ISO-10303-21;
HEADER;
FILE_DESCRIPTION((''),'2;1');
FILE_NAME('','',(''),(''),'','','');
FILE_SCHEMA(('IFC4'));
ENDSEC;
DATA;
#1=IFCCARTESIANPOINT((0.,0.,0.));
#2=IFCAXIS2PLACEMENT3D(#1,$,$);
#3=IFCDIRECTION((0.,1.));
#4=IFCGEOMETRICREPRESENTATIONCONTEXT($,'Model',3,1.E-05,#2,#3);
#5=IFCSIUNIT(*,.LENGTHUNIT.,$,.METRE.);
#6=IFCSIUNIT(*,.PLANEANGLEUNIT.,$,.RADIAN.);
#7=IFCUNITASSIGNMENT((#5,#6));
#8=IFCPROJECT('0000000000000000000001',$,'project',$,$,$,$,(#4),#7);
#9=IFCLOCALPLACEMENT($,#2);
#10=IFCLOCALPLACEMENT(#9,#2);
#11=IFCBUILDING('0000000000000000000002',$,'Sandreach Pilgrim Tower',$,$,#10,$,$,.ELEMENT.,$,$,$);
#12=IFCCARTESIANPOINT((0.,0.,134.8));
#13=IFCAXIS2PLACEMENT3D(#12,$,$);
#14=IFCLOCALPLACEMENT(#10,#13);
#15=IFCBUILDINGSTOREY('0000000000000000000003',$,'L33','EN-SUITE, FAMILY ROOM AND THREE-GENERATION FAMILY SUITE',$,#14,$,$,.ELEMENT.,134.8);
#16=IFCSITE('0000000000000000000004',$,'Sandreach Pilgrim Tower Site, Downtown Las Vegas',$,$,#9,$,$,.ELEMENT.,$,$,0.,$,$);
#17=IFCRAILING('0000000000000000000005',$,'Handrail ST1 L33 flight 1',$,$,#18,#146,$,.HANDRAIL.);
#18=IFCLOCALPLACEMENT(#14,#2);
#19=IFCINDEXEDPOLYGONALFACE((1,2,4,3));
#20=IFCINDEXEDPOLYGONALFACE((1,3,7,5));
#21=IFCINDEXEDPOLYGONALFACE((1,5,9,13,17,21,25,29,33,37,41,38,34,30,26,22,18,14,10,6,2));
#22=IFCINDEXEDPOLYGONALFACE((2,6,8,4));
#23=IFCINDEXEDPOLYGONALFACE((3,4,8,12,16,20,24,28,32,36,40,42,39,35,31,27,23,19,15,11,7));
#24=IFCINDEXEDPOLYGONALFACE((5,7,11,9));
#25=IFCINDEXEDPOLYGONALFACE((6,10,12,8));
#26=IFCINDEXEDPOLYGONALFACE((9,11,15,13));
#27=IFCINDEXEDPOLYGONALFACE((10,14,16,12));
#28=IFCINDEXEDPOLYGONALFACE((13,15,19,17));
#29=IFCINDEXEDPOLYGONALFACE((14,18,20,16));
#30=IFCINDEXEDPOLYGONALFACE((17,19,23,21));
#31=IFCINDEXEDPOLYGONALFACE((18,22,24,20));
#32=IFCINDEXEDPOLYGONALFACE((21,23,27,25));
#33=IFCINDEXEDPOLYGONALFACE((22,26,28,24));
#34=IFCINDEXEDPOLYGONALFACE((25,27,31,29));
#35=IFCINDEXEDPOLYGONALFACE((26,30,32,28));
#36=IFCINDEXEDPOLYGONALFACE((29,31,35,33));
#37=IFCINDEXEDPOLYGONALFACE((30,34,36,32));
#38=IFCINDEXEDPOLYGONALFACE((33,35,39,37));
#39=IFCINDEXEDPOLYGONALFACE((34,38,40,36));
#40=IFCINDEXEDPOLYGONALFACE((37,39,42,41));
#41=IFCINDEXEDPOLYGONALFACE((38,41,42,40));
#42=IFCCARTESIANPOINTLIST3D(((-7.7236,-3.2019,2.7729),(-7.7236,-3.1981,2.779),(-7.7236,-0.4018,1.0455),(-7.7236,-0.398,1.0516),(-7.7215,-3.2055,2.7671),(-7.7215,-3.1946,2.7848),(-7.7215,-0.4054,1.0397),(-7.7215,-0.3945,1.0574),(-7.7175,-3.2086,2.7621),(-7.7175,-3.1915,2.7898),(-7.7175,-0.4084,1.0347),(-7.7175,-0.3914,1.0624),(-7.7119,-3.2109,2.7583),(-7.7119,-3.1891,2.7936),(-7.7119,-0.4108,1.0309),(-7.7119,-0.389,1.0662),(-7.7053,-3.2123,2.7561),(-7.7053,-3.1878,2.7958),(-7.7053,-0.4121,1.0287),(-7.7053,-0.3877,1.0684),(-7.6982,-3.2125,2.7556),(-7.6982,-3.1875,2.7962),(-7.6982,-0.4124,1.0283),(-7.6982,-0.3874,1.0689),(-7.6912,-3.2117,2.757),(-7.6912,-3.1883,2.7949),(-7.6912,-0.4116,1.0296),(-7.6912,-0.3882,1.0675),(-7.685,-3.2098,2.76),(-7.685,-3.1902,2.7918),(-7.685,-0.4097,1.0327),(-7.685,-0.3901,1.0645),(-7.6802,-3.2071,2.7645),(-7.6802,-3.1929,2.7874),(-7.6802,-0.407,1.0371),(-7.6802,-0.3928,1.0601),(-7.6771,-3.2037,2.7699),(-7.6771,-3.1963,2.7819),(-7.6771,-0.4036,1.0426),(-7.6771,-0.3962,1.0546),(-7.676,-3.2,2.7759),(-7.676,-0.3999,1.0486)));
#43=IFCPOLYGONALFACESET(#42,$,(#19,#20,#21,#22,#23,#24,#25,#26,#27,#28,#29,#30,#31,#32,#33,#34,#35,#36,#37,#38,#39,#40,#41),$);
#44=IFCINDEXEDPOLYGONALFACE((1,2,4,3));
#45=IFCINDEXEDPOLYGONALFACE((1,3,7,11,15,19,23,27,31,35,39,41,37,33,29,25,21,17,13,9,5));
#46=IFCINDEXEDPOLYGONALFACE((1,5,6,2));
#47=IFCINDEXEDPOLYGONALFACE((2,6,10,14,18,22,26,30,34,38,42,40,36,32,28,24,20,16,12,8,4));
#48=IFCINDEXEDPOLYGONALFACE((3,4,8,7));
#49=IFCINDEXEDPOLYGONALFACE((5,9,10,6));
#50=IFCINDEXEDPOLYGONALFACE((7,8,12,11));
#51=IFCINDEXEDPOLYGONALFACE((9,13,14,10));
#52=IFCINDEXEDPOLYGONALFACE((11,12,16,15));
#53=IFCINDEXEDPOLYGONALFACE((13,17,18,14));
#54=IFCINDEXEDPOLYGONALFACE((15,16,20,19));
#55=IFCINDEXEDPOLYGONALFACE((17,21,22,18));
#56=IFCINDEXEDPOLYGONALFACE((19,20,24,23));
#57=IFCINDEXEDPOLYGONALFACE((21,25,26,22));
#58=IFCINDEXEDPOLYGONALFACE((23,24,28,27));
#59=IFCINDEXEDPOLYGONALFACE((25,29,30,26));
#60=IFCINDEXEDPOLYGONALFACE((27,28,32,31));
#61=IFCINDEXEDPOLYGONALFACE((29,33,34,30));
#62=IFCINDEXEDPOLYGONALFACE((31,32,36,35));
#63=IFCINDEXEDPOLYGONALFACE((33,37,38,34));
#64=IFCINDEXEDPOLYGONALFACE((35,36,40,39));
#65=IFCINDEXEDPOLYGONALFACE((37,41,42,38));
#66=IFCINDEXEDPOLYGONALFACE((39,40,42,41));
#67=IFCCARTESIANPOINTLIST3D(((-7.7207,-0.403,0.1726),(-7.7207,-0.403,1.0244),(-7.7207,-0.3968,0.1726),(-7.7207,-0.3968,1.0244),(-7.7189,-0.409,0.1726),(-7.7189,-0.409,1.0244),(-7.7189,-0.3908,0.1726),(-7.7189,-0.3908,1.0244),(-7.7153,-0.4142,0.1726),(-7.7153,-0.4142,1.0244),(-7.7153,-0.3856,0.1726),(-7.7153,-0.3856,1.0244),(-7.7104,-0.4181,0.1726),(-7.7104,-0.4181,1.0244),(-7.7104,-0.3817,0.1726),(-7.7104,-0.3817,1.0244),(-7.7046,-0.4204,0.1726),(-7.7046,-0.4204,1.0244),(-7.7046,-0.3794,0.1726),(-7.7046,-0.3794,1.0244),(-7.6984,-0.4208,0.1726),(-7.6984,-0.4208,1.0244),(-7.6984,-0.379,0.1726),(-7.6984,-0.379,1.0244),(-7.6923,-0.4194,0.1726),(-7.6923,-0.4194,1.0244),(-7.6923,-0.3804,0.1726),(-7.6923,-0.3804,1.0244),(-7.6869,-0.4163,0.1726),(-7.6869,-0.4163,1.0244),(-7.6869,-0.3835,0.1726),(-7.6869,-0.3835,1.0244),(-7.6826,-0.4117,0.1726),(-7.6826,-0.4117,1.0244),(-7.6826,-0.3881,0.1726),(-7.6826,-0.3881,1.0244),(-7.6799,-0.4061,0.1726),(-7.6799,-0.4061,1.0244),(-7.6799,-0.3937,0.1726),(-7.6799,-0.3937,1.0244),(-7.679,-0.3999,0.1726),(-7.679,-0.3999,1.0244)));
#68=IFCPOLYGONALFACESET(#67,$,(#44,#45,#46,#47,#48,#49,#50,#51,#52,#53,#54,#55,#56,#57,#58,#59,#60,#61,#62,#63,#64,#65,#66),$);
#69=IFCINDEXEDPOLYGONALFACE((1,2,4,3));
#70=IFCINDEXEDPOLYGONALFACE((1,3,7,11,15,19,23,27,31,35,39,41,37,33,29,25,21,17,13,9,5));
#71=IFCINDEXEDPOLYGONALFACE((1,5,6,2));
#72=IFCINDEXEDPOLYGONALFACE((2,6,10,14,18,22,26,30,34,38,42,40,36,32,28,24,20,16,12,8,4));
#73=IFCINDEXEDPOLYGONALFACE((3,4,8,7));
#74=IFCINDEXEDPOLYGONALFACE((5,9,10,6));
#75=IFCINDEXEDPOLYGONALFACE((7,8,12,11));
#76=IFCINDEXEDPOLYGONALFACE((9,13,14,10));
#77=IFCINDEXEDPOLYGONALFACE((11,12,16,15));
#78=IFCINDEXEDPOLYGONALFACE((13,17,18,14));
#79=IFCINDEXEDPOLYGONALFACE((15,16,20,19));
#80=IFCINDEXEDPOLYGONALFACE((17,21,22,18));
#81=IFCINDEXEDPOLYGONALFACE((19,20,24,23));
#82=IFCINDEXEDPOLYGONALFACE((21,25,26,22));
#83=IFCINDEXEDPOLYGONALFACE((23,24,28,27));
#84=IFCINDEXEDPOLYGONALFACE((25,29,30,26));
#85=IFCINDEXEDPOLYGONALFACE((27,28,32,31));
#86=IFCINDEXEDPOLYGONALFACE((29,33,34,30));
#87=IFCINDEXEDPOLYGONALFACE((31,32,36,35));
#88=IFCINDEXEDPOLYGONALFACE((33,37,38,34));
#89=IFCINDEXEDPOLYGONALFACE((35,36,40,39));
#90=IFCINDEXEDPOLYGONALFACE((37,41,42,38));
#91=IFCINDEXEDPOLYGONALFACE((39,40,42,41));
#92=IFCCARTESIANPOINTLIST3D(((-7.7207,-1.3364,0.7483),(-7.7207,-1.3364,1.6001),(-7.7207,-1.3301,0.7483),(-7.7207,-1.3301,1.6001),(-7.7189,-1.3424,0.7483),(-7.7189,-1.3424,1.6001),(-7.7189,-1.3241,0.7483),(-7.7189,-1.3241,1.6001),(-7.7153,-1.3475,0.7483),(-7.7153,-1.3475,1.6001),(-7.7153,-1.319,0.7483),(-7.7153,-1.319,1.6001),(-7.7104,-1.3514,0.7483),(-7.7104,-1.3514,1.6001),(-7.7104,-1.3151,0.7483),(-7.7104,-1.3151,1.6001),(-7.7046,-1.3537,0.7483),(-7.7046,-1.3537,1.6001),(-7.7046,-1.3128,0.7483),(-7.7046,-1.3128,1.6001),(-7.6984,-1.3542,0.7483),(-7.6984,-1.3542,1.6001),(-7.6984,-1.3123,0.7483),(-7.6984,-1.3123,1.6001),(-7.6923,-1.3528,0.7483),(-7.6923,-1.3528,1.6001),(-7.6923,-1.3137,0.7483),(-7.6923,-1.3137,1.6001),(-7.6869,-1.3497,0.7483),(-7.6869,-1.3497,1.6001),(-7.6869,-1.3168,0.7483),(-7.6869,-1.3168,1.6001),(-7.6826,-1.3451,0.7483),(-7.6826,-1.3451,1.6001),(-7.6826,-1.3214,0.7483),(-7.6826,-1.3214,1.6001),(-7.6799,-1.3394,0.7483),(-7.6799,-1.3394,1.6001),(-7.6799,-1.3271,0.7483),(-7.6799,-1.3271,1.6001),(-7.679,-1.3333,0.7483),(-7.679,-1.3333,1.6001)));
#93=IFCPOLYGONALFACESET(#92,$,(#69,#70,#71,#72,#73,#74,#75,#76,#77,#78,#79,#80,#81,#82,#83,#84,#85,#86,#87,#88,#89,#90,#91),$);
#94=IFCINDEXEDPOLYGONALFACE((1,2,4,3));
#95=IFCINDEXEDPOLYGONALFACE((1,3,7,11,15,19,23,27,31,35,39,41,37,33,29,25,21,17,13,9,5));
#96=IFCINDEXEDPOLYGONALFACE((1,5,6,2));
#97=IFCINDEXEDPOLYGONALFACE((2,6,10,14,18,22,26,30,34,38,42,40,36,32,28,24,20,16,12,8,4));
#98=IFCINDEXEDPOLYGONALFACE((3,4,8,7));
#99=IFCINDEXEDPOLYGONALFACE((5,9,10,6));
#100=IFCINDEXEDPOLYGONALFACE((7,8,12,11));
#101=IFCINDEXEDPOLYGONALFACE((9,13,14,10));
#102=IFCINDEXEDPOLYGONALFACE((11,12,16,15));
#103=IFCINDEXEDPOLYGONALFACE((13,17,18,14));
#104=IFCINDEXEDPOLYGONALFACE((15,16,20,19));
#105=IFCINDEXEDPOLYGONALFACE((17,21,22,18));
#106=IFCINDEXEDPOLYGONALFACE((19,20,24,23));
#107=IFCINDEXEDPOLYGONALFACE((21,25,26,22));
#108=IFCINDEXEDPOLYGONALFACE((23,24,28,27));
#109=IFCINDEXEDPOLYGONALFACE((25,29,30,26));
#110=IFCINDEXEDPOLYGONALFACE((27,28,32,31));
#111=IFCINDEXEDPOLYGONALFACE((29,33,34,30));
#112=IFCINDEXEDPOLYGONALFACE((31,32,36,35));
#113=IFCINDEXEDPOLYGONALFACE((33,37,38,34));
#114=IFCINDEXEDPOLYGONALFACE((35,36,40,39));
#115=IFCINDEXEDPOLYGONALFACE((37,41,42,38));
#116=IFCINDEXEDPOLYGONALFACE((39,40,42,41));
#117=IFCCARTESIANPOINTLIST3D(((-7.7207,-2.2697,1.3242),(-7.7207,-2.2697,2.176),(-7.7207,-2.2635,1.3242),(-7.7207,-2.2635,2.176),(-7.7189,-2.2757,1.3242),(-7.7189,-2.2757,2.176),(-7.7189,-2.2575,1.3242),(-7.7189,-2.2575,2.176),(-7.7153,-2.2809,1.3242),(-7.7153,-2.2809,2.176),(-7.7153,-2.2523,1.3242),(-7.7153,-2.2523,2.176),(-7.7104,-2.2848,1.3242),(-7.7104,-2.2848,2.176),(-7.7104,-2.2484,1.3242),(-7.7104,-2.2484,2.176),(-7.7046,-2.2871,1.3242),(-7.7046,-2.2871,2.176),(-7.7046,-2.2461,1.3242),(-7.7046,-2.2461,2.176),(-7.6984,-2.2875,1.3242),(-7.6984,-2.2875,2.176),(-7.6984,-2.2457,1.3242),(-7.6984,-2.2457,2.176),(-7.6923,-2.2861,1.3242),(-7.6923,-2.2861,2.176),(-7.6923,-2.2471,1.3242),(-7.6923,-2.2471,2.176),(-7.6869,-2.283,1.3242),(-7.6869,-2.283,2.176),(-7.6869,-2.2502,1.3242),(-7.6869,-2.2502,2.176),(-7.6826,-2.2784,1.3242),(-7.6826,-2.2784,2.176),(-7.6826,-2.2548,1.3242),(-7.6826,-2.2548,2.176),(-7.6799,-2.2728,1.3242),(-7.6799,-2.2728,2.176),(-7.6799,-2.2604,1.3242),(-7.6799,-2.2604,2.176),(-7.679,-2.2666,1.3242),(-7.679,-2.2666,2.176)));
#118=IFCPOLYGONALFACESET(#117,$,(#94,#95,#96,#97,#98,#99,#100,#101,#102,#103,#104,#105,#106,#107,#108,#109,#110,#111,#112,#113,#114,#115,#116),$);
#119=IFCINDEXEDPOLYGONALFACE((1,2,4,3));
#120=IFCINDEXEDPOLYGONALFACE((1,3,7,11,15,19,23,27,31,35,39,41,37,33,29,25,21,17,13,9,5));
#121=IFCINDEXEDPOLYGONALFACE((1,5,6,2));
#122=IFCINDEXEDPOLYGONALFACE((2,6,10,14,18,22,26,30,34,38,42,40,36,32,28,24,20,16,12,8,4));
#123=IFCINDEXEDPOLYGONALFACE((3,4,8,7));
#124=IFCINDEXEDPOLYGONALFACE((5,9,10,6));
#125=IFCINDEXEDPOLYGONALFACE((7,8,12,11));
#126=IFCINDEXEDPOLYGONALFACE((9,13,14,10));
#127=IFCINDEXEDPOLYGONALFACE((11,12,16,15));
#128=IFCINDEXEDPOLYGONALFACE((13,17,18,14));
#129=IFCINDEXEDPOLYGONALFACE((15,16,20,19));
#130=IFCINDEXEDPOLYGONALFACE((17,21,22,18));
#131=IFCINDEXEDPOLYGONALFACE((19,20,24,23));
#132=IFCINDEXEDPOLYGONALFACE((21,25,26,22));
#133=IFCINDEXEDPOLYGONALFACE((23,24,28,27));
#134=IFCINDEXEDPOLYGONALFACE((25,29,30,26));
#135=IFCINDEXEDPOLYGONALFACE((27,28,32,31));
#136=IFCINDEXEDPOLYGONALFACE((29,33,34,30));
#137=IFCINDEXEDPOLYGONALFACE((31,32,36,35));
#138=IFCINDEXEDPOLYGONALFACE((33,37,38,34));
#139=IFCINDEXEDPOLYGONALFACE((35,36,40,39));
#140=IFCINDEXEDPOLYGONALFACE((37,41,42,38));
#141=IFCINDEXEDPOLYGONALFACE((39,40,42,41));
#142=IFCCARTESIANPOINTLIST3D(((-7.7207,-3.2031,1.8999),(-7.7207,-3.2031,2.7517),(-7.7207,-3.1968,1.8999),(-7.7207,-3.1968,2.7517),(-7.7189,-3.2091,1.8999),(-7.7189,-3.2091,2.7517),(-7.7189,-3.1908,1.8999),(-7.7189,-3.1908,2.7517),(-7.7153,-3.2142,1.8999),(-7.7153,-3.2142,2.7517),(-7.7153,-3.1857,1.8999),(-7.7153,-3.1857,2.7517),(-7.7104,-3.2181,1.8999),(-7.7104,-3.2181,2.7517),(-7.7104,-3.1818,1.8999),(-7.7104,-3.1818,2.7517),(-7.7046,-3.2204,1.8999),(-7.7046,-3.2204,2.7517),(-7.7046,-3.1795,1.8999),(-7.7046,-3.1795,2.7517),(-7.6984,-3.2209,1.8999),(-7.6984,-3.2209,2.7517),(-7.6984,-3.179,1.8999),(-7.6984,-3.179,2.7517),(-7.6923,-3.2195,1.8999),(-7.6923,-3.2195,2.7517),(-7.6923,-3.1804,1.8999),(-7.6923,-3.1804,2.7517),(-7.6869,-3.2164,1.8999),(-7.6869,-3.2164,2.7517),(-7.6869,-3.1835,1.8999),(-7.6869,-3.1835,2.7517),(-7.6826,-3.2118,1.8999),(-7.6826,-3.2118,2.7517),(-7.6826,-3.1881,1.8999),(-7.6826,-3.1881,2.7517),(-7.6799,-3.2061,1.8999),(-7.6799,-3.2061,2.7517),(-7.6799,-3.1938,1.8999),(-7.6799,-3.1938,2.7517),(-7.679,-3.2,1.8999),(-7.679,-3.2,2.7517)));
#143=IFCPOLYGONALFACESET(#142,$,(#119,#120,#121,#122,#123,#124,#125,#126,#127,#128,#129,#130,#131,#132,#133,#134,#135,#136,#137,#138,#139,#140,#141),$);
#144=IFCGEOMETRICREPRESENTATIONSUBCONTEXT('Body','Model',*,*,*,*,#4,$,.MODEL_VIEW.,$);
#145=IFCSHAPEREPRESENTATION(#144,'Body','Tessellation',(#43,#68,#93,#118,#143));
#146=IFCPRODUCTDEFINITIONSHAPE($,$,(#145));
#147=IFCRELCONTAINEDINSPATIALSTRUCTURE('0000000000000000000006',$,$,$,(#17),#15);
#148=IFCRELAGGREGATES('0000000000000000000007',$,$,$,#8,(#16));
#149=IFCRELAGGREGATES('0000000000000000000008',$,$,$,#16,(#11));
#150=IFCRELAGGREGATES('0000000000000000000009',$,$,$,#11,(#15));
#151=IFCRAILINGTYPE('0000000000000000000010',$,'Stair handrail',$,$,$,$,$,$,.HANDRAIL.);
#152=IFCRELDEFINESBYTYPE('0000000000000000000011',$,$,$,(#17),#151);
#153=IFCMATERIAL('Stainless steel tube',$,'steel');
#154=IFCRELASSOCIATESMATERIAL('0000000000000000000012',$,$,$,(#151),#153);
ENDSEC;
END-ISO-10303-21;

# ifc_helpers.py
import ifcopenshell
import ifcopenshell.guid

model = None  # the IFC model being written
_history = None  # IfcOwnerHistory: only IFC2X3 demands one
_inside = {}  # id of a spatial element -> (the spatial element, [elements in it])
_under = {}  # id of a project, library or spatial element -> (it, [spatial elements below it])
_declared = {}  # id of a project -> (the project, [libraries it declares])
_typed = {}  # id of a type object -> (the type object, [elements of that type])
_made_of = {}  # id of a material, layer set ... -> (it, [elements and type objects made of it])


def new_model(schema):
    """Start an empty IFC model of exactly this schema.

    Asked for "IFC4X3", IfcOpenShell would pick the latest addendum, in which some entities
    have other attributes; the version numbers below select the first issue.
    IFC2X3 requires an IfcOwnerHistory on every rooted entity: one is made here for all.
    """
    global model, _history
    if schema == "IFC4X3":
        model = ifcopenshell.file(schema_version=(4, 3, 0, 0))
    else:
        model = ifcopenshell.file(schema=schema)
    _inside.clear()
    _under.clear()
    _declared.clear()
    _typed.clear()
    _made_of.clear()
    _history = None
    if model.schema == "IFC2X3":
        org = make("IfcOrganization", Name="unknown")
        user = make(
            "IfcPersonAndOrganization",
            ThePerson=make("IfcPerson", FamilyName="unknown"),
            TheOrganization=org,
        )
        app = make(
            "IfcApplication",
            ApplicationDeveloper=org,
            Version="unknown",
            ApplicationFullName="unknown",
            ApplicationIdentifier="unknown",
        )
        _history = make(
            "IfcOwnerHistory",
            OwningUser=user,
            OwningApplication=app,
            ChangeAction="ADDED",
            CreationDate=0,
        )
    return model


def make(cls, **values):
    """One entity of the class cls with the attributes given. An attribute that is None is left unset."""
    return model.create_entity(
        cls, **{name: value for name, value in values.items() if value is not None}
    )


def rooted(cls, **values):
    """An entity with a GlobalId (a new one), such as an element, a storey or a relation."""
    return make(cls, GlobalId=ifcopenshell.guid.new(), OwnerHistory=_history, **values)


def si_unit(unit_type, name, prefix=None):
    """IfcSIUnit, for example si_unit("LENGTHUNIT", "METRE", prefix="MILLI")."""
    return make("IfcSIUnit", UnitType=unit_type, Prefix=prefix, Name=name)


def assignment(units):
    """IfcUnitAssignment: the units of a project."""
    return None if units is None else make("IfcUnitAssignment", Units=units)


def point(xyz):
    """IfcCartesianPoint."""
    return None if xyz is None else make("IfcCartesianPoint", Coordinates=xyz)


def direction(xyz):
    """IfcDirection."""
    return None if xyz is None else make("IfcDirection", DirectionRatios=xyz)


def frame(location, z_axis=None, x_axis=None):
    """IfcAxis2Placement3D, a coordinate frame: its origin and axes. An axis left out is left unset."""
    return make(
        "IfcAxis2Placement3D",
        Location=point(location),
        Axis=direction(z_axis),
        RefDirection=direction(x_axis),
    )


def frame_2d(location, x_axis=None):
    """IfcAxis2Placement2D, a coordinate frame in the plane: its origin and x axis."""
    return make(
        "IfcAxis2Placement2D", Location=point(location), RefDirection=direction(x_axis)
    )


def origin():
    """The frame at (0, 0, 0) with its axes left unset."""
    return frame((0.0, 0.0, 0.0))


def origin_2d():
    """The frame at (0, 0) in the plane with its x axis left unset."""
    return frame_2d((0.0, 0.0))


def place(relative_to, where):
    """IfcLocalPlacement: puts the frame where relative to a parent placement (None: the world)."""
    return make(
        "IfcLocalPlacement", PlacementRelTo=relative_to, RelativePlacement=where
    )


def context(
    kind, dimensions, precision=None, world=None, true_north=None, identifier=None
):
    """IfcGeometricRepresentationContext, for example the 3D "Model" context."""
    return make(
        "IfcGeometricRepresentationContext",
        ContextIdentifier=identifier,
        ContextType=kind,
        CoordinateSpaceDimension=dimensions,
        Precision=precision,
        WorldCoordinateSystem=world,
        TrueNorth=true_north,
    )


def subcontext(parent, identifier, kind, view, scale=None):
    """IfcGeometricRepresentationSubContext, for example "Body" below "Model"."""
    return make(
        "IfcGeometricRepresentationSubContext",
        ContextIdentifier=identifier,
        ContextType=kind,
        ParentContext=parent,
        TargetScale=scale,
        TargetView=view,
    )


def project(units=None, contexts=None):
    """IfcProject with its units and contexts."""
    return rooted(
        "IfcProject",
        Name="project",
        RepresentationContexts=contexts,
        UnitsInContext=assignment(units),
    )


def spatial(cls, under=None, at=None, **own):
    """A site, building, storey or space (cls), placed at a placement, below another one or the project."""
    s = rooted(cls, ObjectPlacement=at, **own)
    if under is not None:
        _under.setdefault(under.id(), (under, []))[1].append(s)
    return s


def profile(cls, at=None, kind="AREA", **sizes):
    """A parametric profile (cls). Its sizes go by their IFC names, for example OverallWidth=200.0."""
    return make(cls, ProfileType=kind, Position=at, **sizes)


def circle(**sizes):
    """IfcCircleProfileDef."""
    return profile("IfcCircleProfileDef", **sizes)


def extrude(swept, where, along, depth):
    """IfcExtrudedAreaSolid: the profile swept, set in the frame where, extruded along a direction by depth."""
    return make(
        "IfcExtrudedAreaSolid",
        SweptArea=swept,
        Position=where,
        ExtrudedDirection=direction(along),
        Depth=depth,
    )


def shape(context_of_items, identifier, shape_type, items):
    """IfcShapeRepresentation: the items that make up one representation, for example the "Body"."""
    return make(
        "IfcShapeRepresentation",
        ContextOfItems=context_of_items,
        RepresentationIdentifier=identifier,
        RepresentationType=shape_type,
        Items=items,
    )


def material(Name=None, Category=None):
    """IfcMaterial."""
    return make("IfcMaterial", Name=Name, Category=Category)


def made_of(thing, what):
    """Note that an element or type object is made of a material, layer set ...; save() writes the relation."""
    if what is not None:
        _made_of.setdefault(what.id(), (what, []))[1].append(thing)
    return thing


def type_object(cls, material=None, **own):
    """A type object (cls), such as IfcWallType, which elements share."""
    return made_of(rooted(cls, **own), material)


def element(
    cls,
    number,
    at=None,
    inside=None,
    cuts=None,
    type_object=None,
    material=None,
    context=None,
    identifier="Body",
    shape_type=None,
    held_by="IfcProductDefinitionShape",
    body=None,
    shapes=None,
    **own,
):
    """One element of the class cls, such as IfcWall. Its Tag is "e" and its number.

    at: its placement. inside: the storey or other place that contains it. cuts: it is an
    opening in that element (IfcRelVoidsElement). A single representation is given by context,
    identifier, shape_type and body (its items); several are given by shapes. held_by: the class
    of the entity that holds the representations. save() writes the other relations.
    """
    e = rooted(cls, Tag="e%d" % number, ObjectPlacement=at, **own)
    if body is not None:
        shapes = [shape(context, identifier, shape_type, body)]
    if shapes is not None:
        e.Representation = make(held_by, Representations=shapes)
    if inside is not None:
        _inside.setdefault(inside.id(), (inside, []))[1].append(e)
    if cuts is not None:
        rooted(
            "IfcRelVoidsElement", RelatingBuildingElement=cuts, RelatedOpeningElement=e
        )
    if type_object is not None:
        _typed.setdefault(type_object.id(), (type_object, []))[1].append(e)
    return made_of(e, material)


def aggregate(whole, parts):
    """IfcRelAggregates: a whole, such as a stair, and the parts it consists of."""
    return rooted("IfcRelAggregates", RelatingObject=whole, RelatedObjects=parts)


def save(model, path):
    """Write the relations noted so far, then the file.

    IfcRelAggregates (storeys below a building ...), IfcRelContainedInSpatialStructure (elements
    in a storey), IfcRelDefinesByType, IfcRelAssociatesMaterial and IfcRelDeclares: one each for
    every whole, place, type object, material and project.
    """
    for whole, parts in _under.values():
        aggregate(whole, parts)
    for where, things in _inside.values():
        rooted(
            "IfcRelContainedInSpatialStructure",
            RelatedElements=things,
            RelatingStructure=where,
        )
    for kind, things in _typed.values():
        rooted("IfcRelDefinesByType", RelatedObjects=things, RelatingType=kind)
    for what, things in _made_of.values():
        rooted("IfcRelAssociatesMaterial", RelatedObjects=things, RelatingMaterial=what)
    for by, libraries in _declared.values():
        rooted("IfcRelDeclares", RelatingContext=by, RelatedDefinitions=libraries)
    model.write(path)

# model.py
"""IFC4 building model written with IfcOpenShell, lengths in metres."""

from ifc_helpers import new_model, si_unit, direction, frame, origin, origin_2d, place, context, subcontext, project, spatial, circle, extrude, material, type_object, element, save


model = new_model("IFC4")

# Units and contexts
model_context = context("Model", 3, precision=1e-05, world=origin(), true_north=direction((0.0, 1.0)))
body_context = subcontext(model_context, "Body", "Model", "MODEL_VIEW")
ifc_project = project(units=[si_unit("LENGTHUNIT", "METRE"), si_unit("PLANEANGLEUNIT", "RADIAN")], contexts=[model_context])

# Site, building, storey
site_placement = place(None, origin())
site = spatial("IfcSite", under=ifc_project, at=site_placement, Name="Sandreach Pilgrim Tower Site, Downtown Las Vegas", CompositionType="ELEMENT", RefElevation=0.0)
building_placement = place(site_placement, origin())
building = spatial("IfcBuilding", under=site, at=building_placement, Name="Sandreach Pilgrim Tower", CompositionType="ELEMENT")
storey_placement = place(building_placement, frame((0.0, 0.0, 134.8)))
storey = spatial("IfcBuildingStorey", under=building, at=storey_placement, Name="L33", Description="EN-SUITE, FAMILY ROOM AND THREE-GENERATION FAMILY SUITE", CompositionType="ELEMENT", Elevation=134.8)

# Railing
ifc_material_1 = material(Name="Stainless steel tube", Category="steel")
railing_type = type_object("IfcRailingType", Name="Stair handrail", PredefinedType="HANDRAIL", material=ifc_material_1)
for number, where, name in (
    (1, (-7.7, -0.3999, 0.1726), "Handrail ST1 L33 flight 1"),
):
    element("IfcRailing", number, at=place(storey_placement, frame(where)), inside=storey, type_object=railing_type, Name=name, PredefinedType="HANDRAIL", context=body_context, shape_type="SweptSolid", body=[
        extrude(circle(Radius=0.0239, at=origin_2d()), frame((0.0, 0.0, 0.876), z_axis=(0.0, -0.85109, 0.52502), x_axis=(1.0, 0.0, 0.0)), (0.0, 0.0, 1.0), 3.29),
        extrude(circle(Radius=0.021, at=origin_2d()), origin(), (0.0, 0.0, 1.0), 0.8518),
        extrude(circle(Radius=0.021, at=origin_2d()), frame((0.0, -0.9333, 0.5757)), (0.0, 0.0, 1.0), 0.8518),
        extrude(circle(Radius=0.021, at=origin_2d()), frame((0.0, -1.8667, 1.1516)), (0.0, 0.0, 1.0), 0.8518),
        extrude(circle(Radius=0.021, at=origin_2d()), frame((0.0, -2.8, 1.7273)), (0.0, 0.0, 1.0), 0.8518),
    ])

save(model, "model.ifc")
